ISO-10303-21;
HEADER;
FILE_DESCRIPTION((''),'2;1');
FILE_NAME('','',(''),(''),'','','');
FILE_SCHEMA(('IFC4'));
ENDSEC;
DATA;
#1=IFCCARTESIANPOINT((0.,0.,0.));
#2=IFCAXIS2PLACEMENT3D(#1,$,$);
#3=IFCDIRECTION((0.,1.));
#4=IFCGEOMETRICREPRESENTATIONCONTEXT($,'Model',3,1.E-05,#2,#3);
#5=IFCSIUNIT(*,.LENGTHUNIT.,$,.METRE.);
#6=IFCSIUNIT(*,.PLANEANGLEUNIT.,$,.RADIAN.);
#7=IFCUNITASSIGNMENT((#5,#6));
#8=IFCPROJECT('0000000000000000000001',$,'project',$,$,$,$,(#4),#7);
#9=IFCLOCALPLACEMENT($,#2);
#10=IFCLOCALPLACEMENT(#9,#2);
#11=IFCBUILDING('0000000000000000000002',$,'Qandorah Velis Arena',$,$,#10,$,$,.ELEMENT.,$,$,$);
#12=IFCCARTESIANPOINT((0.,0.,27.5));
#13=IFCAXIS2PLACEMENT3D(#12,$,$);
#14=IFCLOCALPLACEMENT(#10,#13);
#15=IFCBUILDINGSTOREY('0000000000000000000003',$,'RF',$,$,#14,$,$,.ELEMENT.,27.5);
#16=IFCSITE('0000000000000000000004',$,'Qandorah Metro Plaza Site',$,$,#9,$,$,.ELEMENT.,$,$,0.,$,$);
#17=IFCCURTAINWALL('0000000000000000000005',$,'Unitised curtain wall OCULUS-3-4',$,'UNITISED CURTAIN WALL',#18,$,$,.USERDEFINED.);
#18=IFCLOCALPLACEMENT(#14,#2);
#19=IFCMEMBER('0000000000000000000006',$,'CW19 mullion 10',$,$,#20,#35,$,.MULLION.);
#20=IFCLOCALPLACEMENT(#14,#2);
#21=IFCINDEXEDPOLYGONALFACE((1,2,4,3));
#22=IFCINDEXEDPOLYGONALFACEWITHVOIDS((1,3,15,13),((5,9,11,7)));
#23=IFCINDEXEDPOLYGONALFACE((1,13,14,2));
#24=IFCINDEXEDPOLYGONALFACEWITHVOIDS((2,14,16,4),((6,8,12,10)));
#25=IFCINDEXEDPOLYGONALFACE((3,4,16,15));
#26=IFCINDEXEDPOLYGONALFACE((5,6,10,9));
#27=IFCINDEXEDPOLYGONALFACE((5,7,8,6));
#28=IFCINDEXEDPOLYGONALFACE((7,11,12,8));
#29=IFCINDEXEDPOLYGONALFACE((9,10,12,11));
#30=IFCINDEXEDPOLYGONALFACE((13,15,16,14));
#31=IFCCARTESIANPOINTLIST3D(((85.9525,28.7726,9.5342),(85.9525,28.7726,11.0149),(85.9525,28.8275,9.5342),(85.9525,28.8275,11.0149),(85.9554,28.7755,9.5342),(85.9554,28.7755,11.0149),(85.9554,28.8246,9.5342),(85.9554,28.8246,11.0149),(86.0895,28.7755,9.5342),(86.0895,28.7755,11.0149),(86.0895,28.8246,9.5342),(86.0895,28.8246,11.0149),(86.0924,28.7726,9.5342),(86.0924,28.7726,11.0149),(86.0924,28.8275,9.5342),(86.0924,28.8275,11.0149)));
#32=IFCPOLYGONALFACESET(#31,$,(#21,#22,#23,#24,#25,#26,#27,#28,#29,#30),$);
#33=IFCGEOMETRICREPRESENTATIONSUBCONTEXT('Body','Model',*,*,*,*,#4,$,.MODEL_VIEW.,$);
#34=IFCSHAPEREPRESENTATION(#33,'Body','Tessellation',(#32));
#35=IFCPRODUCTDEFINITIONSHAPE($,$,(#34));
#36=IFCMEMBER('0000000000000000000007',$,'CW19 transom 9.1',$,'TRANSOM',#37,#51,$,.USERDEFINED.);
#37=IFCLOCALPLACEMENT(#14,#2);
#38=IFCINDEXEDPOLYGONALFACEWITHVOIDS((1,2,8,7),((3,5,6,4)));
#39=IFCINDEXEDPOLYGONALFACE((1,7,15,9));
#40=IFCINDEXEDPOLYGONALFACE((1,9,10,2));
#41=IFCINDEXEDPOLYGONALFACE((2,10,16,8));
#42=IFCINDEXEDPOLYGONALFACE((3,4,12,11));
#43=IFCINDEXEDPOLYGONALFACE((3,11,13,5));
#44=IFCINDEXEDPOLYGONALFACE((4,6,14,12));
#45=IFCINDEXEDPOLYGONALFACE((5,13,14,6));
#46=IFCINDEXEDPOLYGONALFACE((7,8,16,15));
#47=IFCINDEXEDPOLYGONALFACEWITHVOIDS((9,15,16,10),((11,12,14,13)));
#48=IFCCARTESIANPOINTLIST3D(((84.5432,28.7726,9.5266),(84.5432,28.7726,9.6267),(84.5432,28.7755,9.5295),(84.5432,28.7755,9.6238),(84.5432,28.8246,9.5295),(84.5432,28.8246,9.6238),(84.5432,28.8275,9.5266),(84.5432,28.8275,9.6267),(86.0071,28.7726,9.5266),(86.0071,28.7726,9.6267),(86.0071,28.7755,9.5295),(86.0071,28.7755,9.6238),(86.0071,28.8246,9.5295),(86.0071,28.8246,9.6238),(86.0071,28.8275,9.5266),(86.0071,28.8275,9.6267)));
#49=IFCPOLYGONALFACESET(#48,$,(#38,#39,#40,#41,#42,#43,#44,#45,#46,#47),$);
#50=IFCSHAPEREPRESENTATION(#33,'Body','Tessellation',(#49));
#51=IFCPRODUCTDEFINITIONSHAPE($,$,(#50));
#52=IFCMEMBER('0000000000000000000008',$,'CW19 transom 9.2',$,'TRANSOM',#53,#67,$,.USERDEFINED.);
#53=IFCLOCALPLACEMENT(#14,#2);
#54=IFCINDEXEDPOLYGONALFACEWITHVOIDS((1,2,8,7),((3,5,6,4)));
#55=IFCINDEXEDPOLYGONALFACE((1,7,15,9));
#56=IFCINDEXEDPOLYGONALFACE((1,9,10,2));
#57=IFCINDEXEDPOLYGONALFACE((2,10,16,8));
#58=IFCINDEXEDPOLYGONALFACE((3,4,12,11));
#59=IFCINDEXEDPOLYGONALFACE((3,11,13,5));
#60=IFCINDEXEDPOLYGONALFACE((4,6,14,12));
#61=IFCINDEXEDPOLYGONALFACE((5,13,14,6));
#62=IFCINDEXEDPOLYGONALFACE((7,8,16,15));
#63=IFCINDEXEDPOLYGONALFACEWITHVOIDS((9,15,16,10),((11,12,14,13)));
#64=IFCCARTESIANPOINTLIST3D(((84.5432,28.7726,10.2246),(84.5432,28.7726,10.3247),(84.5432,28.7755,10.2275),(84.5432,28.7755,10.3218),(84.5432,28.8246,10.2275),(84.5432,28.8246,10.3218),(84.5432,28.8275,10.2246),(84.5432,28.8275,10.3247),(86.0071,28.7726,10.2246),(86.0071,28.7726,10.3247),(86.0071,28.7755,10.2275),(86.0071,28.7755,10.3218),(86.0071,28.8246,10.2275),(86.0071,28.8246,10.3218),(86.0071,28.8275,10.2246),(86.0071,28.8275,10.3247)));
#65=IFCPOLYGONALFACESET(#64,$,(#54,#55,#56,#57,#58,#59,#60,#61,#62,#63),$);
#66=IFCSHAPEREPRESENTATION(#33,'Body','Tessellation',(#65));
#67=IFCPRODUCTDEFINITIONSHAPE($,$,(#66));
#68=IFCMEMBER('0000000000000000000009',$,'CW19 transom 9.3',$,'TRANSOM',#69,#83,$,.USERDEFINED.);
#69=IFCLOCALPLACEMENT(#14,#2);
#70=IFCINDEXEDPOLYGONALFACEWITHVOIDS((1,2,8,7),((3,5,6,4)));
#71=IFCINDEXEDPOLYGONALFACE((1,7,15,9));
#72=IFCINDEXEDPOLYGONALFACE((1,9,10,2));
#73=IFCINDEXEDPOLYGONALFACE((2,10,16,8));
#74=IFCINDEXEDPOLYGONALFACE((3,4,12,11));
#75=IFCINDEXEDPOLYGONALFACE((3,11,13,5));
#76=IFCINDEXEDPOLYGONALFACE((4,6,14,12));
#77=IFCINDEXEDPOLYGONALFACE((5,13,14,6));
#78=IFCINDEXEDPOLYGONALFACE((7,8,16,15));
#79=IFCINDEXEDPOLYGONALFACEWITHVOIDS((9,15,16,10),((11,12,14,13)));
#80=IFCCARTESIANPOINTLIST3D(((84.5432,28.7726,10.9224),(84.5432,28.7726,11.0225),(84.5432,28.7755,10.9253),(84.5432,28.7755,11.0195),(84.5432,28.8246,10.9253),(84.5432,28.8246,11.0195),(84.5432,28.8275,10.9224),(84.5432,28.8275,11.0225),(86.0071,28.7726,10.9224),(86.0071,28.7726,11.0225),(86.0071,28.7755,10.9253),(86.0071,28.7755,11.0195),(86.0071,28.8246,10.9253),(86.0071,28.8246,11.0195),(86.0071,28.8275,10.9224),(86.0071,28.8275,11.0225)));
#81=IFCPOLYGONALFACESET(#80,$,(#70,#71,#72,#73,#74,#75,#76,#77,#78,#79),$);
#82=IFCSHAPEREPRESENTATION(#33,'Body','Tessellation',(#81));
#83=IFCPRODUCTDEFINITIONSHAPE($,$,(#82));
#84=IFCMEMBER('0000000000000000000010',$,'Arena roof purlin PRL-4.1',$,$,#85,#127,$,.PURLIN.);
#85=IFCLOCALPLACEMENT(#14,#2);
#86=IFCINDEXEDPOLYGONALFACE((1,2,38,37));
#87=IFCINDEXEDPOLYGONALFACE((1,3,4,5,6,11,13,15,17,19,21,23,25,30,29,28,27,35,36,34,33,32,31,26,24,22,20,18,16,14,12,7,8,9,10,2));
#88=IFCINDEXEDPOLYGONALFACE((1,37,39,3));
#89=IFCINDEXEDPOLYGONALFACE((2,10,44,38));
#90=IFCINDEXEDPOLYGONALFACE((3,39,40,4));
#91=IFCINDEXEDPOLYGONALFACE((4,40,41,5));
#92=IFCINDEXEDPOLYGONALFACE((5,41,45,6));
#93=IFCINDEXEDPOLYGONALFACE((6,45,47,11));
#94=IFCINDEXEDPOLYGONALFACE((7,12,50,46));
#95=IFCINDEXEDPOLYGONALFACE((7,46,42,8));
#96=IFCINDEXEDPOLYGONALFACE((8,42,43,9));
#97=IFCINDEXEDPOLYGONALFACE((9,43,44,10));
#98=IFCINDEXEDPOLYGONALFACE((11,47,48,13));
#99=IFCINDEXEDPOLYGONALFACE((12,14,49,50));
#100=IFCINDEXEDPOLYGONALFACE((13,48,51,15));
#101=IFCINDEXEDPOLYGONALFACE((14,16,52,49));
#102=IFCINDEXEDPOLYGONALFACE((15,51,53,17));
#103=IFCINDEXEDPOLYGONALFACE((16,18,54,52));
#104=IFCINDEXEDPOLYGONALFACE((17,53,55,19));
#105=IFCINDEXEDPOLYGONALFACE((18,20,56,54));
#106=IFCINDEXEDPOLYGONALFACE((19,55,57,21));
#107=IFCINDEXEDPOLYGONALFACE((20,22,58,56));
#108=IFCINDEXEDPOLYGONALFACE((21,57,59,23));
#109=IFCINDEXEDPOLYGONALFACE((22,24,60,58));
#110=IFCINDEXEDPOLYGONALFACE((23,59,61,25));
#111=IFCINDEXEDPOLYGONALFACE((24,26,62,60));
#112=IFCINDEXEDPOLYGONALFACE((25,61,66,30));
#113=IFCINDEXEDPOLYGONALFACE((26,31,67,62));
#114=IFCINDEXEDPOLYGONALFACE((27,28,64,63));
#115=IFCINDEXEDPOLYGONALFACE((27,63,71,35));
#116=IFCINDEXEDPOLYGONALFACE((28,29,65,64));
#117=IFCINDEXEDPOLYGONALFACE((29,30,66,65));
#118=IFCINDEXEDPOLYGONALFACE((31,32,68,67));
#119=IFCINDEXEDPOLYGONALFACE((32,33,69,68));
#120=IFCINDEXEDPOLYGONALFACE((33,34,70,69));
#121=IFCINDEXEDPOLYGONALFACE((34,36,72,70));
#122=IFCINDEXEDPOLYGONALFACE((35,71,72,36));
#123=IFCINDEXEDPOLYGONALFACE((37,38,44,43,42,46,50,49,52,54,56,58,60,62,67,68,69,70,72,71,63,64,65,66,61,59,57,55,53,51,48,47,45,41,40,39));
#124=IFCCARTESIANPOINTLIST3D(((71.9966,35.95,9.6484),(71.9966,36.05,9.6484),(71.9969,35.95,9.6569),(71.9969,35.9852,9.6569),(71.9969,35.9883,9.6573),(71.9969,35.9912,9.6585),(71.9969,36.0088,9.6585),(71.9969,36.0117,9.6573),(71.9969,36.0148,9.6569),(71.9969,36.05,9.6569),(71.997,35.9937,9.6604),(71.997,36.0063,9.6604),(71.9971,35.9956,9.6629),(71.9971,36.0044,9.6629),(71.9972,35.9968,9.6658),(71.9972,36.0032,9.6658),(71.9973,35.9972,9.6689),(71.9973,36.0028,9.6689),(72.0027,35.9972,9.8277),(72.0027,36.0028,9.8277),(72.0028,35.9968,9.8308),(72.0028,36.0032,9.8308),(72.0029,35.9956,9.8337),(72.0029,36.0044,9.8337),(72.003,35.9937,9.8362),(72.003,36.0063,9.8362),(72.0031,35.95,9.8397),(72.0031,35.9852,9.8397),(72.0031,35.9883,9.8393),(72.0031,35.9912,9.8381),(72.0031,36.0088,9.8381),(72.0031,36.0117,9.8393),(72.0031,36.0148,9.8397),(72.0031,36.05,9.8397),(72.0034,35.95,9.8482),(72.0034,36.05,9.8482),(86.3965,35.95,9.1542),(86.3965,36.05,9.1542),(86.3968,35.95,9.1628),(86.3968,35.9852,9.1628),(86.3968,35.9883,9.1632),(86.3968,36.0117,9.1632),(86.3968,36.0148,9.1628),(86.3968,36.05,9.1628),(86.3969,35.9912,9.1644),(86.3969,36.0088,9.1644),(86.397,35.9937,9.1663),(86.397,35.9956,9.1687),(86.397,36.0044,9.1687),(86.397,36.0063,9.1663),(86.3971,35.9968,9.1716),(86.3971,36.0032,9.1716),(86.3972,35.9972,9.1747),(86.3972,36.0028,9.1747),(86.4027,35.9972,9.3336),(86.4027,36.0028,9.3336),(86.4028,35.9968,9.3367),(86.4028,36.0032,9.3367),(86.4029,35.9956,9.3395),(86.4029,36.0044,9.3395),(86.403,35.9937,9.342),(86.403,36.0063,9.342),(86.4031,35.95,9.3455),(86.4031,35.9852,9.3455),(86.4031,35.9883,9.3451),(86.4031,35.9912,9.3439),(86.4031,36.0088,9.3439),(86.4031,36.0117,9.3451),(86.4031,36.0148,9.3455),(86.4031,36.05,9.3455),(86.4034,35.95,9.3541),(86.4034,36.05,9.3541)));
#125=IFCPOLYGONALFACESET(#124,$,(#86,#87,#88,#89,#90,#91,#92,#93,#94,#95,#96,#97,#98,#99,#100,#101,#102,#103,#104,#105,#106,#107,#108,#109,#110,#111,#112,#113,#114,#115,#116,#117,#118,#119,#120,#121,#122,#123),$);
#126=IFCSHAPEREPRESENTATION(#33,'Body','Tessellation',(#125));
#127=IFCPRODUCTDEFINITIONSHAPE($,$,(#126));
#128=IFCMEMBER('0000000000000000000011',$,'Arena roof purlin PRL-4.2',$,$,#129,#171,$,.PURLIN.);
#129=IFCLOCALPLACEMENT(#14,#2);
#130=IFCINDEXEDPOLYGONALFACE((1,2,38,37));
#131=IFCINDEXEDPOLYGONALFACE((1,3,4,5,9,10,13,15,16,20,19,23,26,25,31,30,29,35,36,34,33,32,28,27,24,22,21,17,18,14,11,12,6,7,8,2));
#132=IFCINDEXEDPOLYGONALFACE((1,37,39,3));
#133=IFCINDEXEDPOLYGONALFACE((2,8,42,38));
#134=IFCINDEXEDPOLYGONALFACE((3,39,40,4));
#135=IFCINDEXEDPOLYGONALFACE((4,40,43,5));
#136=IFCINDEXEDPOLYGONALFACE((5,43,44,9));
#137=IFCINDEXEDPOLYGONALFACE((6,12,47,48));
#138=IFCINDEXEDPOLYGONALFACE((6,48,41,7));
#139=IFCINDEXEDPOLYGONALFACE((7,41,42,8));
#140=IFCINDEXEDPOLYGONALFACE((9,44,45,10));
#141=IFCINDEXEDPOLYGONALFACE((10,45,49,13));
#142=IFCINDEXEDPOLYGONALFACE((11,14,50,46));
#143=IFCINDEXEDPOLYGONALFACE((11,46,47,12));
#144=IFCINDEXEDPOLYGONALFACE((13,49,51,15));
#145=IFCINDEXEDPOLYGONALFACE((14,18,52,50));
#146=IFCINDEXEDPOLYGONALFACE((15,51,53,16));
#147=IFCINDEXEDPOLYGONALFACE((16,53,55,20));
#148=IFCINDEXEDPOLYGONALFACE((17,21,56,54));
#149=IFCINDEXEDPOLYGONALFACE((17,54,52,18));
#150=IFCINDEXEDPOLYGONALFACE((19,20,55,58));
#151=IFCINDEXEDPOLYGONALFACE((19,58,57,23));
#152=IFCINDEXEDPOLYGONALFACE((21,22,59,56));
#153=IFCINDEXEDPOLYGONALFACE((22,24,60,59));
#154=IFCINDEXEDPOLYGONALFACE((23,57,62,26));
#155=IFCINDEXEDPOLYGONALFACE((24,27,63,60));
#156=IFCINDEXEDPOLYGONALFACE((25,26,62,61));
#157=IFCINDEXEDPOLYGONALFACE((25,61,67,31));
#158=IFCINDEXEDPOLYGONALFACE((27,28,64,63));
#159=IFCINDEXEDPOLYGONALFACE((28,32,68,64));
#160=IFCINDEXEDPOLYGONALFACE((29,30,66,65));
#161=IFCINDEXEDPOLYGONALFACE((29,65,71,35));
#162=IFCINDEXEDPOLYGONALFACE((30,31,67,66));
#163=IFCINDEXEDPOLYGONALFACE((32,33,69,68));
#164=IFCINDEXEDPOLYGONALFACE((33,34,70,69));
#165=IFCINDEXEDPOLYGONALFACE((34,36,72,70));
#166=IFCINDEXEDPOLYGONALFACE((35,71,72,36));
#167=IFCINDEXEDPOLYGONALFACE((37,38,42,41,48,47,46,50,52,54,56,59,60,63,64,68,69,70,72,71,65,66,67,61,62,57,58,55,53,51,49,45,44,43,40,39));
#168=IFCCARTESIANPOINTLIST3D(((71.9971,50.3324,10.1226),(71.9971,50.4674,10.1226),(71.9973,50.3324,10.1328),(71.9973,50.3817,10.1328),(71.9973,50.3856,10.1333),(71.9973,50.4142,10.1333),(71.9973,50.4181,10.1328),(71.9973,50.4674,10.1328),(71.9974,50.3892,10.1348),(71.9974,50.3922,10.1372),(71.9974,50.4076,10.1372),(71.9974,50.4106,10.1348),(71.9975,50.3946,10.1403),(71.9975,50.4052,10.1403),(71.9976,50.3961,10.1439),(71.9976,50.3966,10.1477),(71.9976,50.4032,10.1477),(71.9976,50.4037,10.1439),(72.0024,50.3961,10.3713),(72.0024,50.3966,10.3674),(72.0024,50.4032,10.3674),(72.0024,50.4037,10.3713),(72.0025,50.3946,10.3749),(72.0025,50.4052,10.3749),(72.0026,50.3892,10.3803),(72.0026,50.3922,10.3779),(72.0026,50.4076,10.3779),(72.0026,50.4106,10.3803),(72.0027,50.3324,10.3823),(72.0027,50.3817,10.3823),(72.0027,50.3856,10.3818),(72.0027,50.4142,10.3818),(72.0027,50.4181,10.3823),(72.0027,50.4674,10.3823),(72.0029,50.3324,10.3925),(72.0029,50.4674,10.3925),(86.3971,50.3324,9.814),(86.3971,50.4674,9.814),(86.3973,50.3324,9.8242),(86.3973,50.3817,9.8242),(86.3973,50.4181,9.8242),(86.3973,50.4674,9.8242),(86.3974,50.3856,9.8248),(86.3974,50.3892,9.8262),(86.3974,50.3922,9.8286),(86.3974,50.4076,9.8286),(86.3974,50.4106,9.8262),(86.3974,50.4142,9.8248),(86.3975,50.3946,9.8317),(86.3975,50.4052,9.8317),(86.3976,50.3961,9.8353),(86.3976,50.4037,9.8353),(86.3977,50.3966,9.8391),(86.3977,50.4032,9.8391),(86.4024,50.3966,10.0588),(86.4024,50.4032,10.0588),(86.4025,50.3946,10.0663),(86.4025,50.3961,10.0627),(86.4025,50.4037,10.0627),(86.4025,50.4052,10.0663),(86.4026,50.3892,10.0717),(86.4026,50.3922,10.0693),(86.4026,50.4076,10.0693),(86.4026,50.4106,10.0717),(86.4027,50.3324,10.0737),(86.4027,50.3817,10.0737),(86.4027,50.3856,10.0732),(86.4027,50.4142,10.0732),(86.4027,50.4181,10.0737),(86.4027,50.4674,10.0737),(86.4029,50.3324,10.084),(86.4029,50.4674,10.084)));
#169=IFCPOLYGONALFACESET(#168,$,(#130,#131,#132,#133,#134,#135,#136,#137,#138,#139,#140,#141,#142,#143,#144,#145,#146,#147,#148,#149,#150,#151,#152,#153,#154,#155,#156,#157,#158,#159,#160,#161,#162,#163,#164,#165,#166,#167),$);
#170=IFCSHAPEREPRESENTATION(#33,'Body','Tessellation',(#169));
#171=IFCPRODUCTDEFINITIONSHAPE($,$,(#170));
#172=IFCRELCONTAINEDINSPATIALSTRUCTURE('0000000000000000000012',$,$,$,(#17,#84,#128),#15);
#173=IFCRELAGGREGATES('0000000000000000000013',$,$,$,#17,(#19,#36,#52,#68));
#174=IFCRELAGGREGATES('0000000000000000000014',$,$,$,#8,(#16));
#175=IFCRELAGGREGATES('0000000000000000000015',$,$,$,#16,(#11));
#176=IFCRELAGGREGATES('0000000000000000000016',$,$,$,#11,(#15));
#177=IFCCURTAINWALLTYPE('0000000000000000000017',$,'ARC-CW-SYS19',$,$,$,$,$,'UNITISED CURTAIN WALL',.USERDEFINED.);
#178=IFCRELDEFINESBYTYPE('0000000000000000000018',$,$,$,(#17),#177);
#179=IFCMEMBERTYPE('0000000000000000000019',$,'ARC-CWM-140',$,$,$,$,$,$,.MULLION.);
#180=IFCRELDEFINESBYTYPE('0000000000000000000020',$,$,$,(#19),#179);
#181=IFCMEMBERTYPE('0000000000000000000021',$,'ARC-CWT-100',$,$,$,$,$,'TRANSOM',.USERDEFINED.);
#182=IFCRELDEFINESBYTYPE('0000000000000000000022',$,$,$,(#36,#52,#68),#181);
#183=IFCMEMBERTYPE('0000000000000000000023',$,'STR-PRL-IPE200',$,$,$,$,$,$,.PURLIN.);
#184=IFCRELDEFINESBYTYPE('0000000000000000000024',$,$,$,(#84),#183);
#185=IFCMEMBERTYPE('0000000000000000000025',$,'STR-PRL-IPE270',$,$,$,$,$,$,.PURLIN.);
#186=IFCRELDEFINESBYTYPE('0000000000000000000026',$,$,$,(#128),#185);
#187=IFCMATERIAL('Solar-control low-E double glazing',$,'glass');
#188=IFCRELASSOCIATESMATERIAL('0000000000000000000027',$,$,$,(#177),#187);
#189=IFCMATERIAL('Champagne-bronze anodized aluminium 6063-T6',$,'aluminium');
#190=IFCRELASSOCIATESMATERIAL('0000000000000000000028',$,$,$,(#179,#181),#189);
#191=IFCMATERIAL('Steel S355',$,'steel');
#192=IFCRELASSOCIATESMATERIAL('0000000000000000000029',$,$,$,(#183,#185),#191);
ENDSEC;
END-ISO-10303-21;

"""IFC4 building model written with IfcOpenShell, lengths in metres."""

from ifc_helpers import new_model, si_unit, direction, frame, origin, origin_2d, place, context, subcontext, project, spatial, hollow_rectangle, i_section, extrude, material, material_profile, profile_set, type_object, element, aggregate, save


model = new_model("IFC4")

# Units and contexts
model_context = context("Model", 3, precision=1e-05, world=origin(), true_north=direction((0.0, 1.0)))
body_context = subcontext(model_context, "Body", "Model", "MODEL_VIEW")
ifc_project = project(units=[si_unit("LENGTHUNIT", "METRE"), si_unit("PLANEANGLEUNIT", "RADIAN")], contexts=[model_context])

# Site, building, storey
site_placement = place(None, origin())
site = spatial("IfcSite", under=ifc_project, at=site_placement, Name="Qandorah Metro Plaza Site", CompositionType="ELEMENT", RefElevation=0.0)
building_placement = place(site_placement, origin())
building = spatial("IfcBuilding", under=site, at=building_placement, Name="Qandorah Velis Arena", CompositionType="ELEMENT")
storey_placement = place(building_placement, frame((0.0, 0.0, 27.5)))
storey = spatial("IfcBuildingStorey", under=building, at=storey_placement, Name="RF", CompositionType="ELEMENT", Elevation=27.5)

# Curtain wall, members
ifc_material_1 = material(Name="Solar-control low-E double glazing", Category="glass")
curtain_wall_type = type_object("IfcCurtainWallType", Name="ARC-CW-SYS19", ElementType="UNITISED CURTAIN WALL", PredefinedType="USERDEFINED", material=ifc_material_1)
curtain_wall_placement = place(storey_placement, origin())
curtain_wall = element("IfcCurtainWall", 1, at=curtain_wall_placement, inside=storey, type_object=curtain_wall_type, Name="Unitised curtain wall OCULUS-3-4", ObjectType="UNITISED CURTAIN WALL", PredefinedType="USERDEFINED")
ifc_material_2 = material(Name="Champagne-bronze anodized aluminium 6063-T6", Category="aluminium")
ifc_material_profile_1 = material_profile(ifc_material_2, hollow_rectangle(XDim=0.0549, YDim=0.1399, WallThickness=0.0029, at=origin_2d()), Name="ALU MULLION 55x140")
ifc_profile_set_1 = profile_set([ifc_material_profile_1], Name="Champagne-bronze anodized aluminium 6063-T6")
member_type_1 = type_object("IfcMemberType", Name="ARC-CWM-140", PredefinedType="MULLION", material=ifc_profile_set_1)
member_1_placement = place(storey_placement, frame((86.0225, 28.8, 9.5342), z_axis=(0.0, 0.0, 1.0), x_axis=(0.0, 1.0, 0.0)))
member_1 = element("IfcMember", 2, at=member_1_placement, type_object=member_type_1, Name="CW19 mullion 10", PredefinedType="MULLION", context=body_context, shape_type="SweptSolid", body=[
    extrude(hollow_rectangle(XDim=0.0549, YDim=0.1399, WallThickness=0.0029, at=origin_2d()), origin(), (0.0, 0.0, 1.0), 1.4807),
])
ifc_material_profile_2 = material_profile(ifc_material_2, hollow_rectangle(XDim=0.0549, YDim=0.1001, WallThickness=0.0029, at=origin_2d()), Name="ALU TRANSOM 55x100")
ifc_profile_set_2 = profile_set([ifc_material_profile_2], Name="Champagne-bronze anodized aluminium 6063-T6")
member_type_2 = type_object("IfcMemberType", Name="ARC-CWT-100", ElementType="TRANSOM", PredefinedType="USERDEFINED", material=ifc_profile_set_2)
member_2_placement = place(storey_placement, frame((84.5432, 28.8, 9.5767), z_axis=(1.0, 0.0, 0.0), x_axis=(0.0, 1.0, 0.0)))
member_2 = element("IfcMember", 3, at=member_2_placement, type_object=member_type_2, Name="CW19 transom 9.1", ObjectType="TRANSOM", PredefinedType="USERDEFINED", context=body_context, shape_type="SweptSolid", body=[
    extrude(hollow_rectangle(XDim=0.0549, YDim=0.1001, WallThickness=0.0029, at=origin_2d()), origin(), (0.0, 0.0, 1.0), 1.4639),
])
member_3_placement = place(storey_placement, frame((84.5432, 28.8, 10.2747), z_axis=(1.0, 0.0, 0.0), x_axis=(0.0, 1.0, 0.0)))
member_3 = element("IfcMember", 4, at=member_3_placement, type_object=member_type_2, Name="CW19 transom 9.2", ObjectType="TRANSOM", PredefinedType="USERDEFINED", context=body_context, shape_type="SweptSolid", body=[
    extrude(hollow_rectangle(XDim=0.0549, YDim=0.1001, WallThickness=0.0029, at=origin_2d()), origin(), (0.0, 0.0, 1.0), 1.4639),
])
member_4_placement = place(storey_placement, frame((84.5432, 28.8, 10.9724), z_axis=(1.0, 0.0, 0.0), x_axis=(0.0, 1.0, 0.0)))
member_4 = element("IfcMember", 5, at=member_4_placement, type_object=member_type_2, Name="CW19 transom 9.3", ObjectType="TRANSOM", PredefinedType="USERDEFINED", context=body_context, shape_type="SweptSolid", body=[
    extrude(hollow_rectangle(XDim=0.0549, YDim=0.1001, WallThickness=0.0029, at=origin_2d()), origin(), (0.0, 0.0, 1.0), 1.4639),
])

# Members
ifc_material_3 = material(Name="Steel S355", Category="steel")
ifc_material_profile_3 = material_profile(ifc_material_3, i_section(OverallWidth=0.1001, OverallDepth=0.2, WebThickness=0.0056, FlangeThickness=0.0085, FilletRadius=0.012, at=origin_2d()), Name="IPE 200")
ifc_profile_set_3 = profile_set([ifc_material_profile_3], Name="Steel S355")
member_type_3 = type_object("IfcMemberType", Name="STR-PRL-IPE200", PredefinedType="PURLIN", material=ifc_profile_set_3)
member_5_placement = place(storey_placement, frame((72.0, 36.0, 9.7483), z_axis=(0.999412, 0.0, -0.034295), x_axis=(0.0, 1.0, 0.0)))
element("IfcMember", 6, at=member_5_placement, inside=storey, type_object=member_type_3, Name="Arena roof purlin PRL-4.1", PredefinedType="PURLIN", context=body_context, shape_type="SweptSolid", body=[
    extrude(i_section(OverallWidth=0.1001, OverallDepth=0.2, WebThickness=0.0056, FlangeThickness=0.0085, FilletRadius=0.012, at=origin_2d()), origin(), (0.0, 0.0, 1.0), 14.4084),
])
ifc_material_profile_4 = material_profile(ifc_material_3, i_section(OverallWidth=0.135, OverallDepth=0.27, WebThickness=0.0066, FlangeThickness=0.0103, FilletRadius=0.0149, at=origin_2d()), Name="IPE 270")
ifc_profile_set_4 = profile_set([ifc_material_profile_4], Name="Steel S355")
member_type_4 = type_object("IfcMemberType", Name="STR-PRL-IPE270", PredefinedType="PURLIN", material=ifc_profile_set_4)
member_6_placement = place(storey_placement, frame((72.0, 50.3999, 10.2576), z_axis=(0.99977, 0.0, -0.021425), x_axis=(0.0, 1.0, 0.0)))
element("IfcMember", 7, at=member_6_placement, inside=storey, type_object=member_type_4, Name="Arena roof purlin PRL-4.2", PredefinedType="PURLIN", context=body_context, shape_type="SweptSolid", body=[
    extrude(i_section(OverallWidth=0.135, OverallDepth=0.27, WebThickness=0.0066, FlangeThickness=0.0103, FilletRadius=0.0149, at=origin_2d()), origin(), (0.0, 0.0, 1.0), 14.4033),
])

aggregate(curtain_wall, [member_1, member_2, member_3, member_4])

save(model, "model.ifc")
